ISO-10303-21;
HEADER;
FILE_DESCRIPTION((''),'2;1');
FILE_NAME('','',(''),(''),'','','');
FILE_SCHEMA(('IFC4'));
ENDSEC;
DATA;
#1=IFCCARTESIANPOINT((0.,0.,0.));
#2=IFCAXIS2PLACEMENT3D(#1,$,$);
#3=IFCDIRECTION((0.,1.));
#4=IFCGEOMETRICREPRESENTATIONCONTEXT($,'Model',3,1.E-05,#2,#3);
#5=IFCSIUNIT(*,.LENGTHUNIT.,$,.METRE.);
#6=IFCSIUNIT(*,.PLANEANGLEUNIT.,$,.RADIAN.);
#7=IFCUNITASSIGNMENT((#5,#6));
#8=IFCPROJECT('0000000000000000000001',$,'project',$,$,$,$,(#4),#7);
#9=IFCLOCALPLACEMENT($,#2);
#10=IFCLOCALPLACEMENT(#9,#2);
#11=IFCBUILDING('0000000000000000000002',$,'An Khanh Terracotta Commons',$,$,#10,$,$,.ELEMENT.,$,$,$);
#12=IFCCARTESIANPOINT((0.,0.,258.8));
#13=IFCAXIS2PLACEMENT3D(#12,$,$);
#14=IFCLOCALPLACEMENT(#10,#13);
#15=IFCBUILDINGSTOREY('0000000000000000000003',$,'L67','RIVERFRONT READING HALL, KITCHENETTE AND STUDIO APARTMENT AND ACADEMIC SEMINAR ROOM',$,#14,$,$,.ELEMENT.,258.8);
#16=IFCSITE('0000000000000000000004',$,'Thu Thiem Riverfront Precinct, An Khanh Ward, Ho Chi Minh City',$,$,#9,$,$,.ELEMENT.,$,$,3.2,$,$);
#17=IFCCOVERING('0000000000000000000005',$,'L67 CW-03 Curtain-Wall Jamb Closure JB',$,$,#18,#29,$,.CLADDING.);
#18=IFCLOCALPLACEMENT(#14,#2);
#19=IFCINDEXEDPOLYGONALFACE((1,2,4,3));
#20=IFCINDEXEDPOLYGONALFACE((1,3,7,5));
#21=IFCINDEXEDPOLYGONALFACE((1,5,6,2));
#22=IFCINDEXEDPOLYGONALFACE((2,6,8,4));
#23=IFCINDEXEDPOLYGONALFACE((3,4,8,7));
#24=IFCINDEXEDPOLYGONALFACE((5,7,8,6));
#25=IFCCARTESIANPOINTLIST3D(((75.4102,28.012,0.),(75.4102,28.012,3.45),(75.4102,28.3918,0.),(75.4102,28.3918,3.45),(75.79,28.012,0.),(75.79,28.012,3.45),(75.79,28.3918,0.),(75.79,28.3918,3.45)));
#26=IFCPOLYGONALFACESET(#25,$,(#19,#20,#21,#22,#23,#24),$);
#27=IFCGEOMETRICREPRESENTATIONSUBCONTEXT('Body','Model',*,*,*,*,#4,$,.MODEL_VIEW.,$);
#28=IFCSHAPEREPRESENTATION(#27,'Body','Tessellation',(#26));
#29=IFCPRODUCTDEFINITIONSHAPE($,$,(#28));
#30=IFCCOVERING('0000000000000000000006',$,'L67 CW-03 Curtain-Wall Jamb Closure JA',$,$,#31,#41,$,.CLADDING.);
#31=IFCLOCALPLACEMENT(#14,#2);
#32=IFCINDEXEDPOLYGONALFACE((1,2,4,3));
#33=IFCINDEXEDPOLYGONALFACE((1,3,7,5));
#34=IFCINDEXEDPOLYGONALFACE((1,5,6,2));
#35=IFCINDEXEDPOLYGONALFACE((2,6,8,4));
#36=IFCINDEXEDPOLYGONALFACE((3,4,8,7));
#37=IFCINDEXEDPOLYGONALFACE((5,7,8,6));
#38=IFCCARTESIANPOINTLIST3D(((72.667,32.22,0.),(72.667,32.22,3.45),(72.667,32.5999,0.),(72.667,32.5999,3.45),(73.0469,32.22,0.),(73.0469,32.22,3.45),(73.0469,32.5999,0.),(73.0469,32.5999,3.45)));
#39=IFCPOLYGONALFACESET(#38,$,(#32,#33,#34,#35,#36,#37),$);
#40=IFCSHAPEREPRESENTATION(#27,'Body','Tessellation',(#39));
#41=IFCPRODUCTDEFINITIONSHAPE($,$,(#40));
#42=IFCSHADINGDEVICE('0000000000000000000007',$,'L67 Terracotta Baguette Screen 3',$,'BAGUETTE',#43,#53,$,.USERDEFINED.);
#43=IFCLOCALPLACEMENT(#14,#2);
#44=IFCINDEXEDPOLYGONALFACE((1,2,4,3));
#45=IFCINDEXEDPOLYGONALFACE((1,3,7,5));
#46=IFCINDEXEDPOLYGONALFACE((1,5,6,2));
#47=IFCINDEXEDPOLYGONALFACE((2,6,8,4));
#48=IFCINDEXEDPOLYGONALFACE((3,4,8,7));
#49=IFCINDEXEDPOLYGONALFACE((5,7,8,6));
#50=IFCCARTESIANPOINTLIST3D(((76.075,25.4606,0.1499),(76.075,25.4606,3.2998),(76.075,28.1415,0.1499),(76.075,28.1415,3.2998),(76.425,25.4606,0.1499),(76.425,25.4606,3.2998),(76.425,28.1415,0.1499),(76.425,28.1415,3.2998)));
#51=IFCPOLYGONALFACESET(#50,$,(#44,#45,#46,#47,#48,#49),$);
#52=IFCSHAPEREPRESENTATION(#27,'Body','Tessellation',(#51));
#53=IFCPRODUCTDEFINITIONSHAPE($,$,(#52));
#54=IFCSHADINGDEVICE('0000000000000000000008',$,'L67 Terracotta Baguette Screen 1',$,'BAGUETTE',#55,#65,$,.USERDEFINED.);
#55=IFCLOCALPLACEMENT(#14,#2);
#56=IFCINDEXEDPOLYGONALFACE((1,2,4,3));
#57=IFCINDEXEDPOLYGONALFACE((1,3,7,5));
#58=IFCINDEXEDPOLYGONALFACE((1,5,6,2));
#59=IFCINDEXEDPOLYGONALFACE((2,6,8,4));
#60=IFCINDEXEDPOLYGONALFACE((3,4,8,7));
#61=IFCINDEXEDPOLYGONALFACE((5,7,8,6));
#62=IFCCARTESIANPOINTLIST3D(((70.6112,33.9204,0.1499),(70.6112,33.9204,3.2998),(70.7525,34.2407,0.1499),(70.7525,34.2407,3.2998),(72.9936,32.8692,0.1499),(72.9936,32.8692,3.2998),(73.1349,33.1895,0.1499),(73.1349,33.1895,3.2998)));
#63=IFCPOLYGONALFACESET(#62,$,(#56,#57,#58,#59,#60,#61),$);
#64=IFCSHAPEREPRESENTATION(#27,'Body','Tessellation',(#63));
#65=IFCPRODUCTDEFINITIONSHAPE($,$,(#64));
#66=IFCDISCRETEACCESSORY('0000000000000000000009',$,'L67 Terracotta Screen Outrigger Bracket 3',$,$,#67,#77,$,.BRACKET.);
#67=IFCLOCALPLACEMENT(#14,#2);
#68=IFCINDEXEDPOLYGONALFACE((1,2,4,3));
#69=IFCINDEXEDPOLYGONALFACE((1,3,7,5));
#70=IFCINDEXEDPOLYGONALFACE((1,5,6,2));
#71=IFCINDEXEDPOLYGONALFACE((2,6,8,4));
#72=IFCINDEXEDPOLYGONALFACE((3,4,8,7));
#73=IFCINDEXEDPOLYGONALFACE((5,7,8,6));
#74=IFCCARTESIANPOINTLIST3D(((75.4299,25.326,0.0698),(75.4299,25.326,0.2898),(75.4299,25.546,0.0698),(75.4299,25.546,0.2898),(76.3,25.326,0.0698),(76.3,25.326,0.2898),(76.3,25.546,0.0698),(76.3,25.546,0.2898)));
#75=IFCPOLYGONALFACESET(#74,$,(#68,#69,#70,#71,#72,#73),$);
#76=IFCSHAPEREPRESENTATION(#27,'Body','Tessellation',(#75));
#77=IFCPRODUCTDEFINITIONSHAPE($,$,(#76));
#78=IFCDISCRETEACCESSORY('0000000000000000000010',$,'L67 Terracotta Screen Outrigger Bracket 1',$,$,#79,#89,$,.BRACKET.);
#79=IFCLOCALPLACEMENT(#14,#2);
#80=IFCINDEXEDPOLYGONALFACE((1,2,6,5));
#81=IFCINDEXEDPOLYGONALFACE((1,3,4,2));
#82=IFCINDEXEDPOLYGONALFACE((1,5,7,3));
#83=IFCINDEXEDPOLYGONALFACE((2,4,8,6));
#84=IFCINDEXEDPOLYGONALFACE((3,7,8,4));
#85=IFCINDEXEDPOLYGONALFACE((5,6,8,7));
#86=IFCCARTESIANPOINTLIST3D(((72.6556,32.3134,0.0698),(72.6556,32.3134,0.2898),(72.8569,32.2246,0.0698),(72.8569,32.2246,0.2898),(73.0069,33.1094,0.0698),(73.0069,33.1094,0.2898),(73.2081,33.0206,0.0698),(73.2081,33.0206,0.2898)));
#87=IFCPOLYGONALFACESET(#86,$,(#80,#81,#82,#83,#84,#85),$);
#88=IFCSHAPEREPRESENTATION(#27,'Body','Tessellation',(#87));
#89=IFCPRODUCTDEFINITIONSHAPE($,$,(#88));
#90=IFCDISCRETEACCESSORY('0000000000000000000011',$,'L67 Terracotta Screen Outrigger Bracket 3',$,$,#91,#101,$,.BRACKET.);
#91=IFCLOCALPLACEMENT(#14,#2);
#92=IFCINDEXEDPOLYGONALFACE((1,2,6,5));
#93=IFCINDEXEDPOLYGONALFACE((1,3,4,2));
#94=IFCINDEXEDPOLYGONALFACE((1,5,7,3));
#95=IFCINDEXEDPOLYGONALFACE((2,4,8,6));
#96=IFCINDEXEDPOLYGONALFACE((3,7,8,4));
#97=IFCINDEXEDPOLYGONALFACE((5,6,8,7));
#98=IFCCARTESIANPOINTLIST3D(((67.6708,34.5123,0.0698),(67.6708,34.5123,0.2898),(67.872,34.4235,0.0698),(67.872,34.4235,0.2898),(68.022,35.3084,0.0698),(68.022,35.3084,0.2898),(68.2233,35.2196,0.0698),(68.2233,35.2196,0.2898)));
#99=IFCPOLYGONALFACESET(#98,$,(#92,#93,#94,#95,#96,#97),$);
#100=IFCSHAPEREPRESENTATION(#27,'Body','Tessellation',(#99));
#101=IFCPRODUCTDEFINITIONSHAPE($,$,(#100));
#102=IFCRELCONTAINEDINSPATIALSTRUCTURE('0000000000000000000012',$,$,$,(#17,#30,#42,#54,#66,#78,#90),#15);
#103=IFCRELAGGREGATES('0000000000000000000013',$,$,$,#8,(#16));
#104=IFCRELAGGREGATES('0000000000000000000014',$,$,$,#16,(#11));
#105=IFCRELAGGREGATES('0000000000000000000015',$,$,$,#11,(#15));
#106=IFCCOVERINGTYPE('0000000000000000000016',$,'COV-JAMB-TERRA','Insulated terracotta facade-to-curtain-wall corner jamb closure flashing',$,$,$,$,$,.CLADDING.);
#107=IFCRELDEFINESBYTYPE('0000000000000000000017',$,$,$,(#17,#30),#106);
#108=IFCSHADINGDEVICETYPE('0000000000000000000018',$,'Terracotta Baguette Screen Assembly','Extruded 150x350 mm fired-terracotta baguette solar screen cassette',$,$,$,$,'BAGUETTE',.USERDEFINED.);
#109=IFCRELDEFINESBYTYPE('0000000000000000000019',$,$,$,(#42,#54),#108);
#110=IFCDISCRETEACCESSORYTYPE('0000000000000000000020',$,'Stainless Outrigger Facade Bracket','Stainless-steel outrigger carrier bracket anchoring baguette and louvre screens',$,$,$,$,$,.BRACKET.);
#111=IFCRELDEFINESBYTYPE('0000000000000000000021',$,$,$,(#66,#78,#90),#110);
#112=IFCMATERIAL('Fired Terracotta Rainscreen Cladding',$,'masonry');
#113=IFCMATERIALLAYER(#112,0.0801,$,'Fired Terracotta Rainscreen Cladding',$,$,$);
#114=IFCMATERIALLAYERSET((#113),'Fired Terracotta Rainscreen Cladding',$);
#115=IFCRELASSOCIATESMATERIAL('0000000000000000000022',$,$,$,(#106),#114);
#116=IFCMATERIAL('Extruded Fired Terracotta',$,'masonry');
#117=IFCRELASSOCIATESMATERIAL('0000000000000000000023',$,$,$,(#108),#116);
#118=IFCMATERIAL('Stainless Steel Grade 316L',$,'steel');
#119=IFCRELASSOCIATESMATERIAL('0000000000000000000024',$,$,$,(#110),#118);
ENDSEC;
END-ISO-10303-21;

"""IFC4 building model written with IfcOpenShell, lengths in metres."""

from ifc_helpers import new_model, si_unit, direction, frame, origin, origin_2d, place, context, subcontext, project, spatial, rectangle, extrude, material, layer, layer_set, type_object, element, save


model = new_model("IFC4")

# Units and contexts
model_context = context("Model", 3, precision=1e-05, world=origin(), true_north=direction((0.0, 1.0)))
body_context = subcontext(model_context, "Body", "Model", "MODEL_VIEW")
ifc_project = project(units=[si_unit("LENGTHUNIT", "METRE"), si_unit("PLANEANGLEUNIT", "RADIAN")], contexts=[model_context])

# Site, building, storey
site_placement = place(None, origin())
site = spatial("IfcSite", under=ifc_project, at=site_placement, Name="Thu Thiem Riverfront Precinct, An Khanh Ward, Ho Chi Minh City", CompositionType="ELEMENT", RefElevation=3.2)
building_placement = place(site_placement, origin())
building = spatial("IfcBuilding", under=site, at=building_placement, Name="An Khanh Terracotta Commons", CompositionType="ELEMENT")
storey_placement = place(building_placement, frame((0.0, 0.0, 258.8)))
storey = spatial("IfcBuildingStorey", under=building, at=storey_placement, Name="L67", Description="RIVERFRONT READING HALL, KITCHENETTE AND STUDIO APARTMENT AND ACADEMIC SEMINAR ROOM", CompositionType="ELEMENT", Elevation=258.8)

# Coverings
ifc_material_1 = material(Name="Fired Terracotta Rainscreen Cladding", Category="masonry")
ifc_layer_1 = layer(ifc_material_1, 0.0801, Name="Fired Terracotta Rainscreen Cladding")
ifc_layer_set_1 = layer_set([ifc_layer_1], Name="Fired Terracotta Rainscreen Cladding")
covering_type = type_object("IfcCoveringType", Name="COV-JAMB-TERRA", Description="Insulated terracotta facade-to-curtain-wall corner jamb closure flashing", PredefinedType="CLADDING", material=ifc_layer_set_1)
for number, where, z_axis, x_axis, name in (
    (1, (75.6001, 28.2019, 0.0), (0.0, 0.0, 1.0), (1.0, 0.0, 0.0), "L67 CW-03 Curtain-Wall Jamb Closure JB"),
    (2, (72.8569, 32.4099, 0.0), (0.0, 0.0, 1.0), (1.0, 0.0, 0.0), "L67 CW-03 Curtain-Wall Jamb Closure JA"),
):
    element("IfcCovering", number, at=place(storey_placement, frame(where, z_axis=z_axis, x_axis=x_axis)), inside=storey, type_object=covering_type, Name=name, PredefinedType="CLADDING", context=body_context, shape_type="SweptSolid", body=[
        extrude(rectangle(XDim=0.3799, YDim=0.3799, at=origin_2d()), origin(), (0.0, 0.0, 1.0), 3.45),
    ])

# Shading devices
ifc_material_2 = material(Name="Extruded Fired Terracotta", Category="masonry")
shading_device_type = type_object("IfcShadingDeviceType", Name="Terracotta Baguette Screen Assembly", Description="Extruded 150x350 mm fired-terracotta baguette solar screen cassette", ElementType="BAGUETTE", PredefinedType="USERDEFINED", material=ifc_material_2)
shading_device_1_placement = place(storey_placement, frame((76.25, 26.801, 0.1499), z_axis=(0.0, 0.0, 1.0), x_axis=(0.0, 1.0, 0.0)))
element("IfcShadingDevice", 3, at=shading_device_1_placement, inside=storey, type_object=shading_device_type, Name="L67 Terracotta Baguette Screen 3", ObjectType="BAGUETTE", PredefinedType="USERDEFINED", context=body_context, shape_type="SweptSolid", body=[
    extrude(rectangle(XDim=2.6809, YDim=0.3501, at=origin_2d()), origin(), (0.0, 0.0, 1.0), 3.1499),
])
shading_device_2_placement = place(storey_placement, frame((71.873, 33.5549, 0.1499), z_axis=(0.0, 0.0, 1.0), x_axis=(-0.914902, 0.403676, 0.0)))
element("IfcShadingDevice", 4, at=shading_device_2_placement, inside=storey, type_object=shading_device_type, Name="L67 Terracotta Baguette Screen 1", ObjectType="BAGUETTE", PredefinedType="USERDEFINED", context=body_context, shape_type="SweptSolid", body=[
    extrude(rectangle(XDim=2.604, YDim=0.3501, at=origin_2d()), origin(), (0.0, 0.0, 1.0), 3.1499),
])

# Discrete accessories
ifc_material_3 = material(Name="Stainless Steel Grade 316L", Category="steel")
discrete_accessory_type = type_object("IfcDiscreteAccessoryType", Name="Stainless Outrigger Facade Bracket", Description="Stainless-steel outrigger carrier bracket anchoring baguette and louvre screens", PredefinedType="BRACKET", material=ifc_material_3)
for number, where, z_axis, x_axis, name in (
    (5, (75.865, 25.436, 0.0698), (0.0, 0.0, 1.0), (0.0, 1.0, 0.0), "L67 Terracotta Screen Outrigger Bracket 3"),
    (6, (72.9319, 32.667, 0.0698), (0.0, 0.0, 1.0), (-0.914902, 0.403676, 0.0), "L67 Terracotta Screen Outrigger Bracket 1"),
    (7, (67.947, 34.866, 0.0698), (0.0, 0.0, 1.0), (-0.914902, 0.403676, 0.0), "L67 Terracotta Screen Outrigger Bracket 3"),
):
    element("IfcDiscreteAccessory", number, at=place(storey_placement, frame(where, z_axis=z_axis, x_axis=x_axis)), inside=storey, type_object=discrete_accessory_type, Name=name, PredefinedType="BRACKET", context=body_context, shape_type="SweptSolid", body=[
        extrude(rectangle(XDim=0.22, YDim=0.8701, at=origin_2d()), origin(), (0.0, 0.0, 1.0), 0.22),
    ])

save(model, "model.ifc")
